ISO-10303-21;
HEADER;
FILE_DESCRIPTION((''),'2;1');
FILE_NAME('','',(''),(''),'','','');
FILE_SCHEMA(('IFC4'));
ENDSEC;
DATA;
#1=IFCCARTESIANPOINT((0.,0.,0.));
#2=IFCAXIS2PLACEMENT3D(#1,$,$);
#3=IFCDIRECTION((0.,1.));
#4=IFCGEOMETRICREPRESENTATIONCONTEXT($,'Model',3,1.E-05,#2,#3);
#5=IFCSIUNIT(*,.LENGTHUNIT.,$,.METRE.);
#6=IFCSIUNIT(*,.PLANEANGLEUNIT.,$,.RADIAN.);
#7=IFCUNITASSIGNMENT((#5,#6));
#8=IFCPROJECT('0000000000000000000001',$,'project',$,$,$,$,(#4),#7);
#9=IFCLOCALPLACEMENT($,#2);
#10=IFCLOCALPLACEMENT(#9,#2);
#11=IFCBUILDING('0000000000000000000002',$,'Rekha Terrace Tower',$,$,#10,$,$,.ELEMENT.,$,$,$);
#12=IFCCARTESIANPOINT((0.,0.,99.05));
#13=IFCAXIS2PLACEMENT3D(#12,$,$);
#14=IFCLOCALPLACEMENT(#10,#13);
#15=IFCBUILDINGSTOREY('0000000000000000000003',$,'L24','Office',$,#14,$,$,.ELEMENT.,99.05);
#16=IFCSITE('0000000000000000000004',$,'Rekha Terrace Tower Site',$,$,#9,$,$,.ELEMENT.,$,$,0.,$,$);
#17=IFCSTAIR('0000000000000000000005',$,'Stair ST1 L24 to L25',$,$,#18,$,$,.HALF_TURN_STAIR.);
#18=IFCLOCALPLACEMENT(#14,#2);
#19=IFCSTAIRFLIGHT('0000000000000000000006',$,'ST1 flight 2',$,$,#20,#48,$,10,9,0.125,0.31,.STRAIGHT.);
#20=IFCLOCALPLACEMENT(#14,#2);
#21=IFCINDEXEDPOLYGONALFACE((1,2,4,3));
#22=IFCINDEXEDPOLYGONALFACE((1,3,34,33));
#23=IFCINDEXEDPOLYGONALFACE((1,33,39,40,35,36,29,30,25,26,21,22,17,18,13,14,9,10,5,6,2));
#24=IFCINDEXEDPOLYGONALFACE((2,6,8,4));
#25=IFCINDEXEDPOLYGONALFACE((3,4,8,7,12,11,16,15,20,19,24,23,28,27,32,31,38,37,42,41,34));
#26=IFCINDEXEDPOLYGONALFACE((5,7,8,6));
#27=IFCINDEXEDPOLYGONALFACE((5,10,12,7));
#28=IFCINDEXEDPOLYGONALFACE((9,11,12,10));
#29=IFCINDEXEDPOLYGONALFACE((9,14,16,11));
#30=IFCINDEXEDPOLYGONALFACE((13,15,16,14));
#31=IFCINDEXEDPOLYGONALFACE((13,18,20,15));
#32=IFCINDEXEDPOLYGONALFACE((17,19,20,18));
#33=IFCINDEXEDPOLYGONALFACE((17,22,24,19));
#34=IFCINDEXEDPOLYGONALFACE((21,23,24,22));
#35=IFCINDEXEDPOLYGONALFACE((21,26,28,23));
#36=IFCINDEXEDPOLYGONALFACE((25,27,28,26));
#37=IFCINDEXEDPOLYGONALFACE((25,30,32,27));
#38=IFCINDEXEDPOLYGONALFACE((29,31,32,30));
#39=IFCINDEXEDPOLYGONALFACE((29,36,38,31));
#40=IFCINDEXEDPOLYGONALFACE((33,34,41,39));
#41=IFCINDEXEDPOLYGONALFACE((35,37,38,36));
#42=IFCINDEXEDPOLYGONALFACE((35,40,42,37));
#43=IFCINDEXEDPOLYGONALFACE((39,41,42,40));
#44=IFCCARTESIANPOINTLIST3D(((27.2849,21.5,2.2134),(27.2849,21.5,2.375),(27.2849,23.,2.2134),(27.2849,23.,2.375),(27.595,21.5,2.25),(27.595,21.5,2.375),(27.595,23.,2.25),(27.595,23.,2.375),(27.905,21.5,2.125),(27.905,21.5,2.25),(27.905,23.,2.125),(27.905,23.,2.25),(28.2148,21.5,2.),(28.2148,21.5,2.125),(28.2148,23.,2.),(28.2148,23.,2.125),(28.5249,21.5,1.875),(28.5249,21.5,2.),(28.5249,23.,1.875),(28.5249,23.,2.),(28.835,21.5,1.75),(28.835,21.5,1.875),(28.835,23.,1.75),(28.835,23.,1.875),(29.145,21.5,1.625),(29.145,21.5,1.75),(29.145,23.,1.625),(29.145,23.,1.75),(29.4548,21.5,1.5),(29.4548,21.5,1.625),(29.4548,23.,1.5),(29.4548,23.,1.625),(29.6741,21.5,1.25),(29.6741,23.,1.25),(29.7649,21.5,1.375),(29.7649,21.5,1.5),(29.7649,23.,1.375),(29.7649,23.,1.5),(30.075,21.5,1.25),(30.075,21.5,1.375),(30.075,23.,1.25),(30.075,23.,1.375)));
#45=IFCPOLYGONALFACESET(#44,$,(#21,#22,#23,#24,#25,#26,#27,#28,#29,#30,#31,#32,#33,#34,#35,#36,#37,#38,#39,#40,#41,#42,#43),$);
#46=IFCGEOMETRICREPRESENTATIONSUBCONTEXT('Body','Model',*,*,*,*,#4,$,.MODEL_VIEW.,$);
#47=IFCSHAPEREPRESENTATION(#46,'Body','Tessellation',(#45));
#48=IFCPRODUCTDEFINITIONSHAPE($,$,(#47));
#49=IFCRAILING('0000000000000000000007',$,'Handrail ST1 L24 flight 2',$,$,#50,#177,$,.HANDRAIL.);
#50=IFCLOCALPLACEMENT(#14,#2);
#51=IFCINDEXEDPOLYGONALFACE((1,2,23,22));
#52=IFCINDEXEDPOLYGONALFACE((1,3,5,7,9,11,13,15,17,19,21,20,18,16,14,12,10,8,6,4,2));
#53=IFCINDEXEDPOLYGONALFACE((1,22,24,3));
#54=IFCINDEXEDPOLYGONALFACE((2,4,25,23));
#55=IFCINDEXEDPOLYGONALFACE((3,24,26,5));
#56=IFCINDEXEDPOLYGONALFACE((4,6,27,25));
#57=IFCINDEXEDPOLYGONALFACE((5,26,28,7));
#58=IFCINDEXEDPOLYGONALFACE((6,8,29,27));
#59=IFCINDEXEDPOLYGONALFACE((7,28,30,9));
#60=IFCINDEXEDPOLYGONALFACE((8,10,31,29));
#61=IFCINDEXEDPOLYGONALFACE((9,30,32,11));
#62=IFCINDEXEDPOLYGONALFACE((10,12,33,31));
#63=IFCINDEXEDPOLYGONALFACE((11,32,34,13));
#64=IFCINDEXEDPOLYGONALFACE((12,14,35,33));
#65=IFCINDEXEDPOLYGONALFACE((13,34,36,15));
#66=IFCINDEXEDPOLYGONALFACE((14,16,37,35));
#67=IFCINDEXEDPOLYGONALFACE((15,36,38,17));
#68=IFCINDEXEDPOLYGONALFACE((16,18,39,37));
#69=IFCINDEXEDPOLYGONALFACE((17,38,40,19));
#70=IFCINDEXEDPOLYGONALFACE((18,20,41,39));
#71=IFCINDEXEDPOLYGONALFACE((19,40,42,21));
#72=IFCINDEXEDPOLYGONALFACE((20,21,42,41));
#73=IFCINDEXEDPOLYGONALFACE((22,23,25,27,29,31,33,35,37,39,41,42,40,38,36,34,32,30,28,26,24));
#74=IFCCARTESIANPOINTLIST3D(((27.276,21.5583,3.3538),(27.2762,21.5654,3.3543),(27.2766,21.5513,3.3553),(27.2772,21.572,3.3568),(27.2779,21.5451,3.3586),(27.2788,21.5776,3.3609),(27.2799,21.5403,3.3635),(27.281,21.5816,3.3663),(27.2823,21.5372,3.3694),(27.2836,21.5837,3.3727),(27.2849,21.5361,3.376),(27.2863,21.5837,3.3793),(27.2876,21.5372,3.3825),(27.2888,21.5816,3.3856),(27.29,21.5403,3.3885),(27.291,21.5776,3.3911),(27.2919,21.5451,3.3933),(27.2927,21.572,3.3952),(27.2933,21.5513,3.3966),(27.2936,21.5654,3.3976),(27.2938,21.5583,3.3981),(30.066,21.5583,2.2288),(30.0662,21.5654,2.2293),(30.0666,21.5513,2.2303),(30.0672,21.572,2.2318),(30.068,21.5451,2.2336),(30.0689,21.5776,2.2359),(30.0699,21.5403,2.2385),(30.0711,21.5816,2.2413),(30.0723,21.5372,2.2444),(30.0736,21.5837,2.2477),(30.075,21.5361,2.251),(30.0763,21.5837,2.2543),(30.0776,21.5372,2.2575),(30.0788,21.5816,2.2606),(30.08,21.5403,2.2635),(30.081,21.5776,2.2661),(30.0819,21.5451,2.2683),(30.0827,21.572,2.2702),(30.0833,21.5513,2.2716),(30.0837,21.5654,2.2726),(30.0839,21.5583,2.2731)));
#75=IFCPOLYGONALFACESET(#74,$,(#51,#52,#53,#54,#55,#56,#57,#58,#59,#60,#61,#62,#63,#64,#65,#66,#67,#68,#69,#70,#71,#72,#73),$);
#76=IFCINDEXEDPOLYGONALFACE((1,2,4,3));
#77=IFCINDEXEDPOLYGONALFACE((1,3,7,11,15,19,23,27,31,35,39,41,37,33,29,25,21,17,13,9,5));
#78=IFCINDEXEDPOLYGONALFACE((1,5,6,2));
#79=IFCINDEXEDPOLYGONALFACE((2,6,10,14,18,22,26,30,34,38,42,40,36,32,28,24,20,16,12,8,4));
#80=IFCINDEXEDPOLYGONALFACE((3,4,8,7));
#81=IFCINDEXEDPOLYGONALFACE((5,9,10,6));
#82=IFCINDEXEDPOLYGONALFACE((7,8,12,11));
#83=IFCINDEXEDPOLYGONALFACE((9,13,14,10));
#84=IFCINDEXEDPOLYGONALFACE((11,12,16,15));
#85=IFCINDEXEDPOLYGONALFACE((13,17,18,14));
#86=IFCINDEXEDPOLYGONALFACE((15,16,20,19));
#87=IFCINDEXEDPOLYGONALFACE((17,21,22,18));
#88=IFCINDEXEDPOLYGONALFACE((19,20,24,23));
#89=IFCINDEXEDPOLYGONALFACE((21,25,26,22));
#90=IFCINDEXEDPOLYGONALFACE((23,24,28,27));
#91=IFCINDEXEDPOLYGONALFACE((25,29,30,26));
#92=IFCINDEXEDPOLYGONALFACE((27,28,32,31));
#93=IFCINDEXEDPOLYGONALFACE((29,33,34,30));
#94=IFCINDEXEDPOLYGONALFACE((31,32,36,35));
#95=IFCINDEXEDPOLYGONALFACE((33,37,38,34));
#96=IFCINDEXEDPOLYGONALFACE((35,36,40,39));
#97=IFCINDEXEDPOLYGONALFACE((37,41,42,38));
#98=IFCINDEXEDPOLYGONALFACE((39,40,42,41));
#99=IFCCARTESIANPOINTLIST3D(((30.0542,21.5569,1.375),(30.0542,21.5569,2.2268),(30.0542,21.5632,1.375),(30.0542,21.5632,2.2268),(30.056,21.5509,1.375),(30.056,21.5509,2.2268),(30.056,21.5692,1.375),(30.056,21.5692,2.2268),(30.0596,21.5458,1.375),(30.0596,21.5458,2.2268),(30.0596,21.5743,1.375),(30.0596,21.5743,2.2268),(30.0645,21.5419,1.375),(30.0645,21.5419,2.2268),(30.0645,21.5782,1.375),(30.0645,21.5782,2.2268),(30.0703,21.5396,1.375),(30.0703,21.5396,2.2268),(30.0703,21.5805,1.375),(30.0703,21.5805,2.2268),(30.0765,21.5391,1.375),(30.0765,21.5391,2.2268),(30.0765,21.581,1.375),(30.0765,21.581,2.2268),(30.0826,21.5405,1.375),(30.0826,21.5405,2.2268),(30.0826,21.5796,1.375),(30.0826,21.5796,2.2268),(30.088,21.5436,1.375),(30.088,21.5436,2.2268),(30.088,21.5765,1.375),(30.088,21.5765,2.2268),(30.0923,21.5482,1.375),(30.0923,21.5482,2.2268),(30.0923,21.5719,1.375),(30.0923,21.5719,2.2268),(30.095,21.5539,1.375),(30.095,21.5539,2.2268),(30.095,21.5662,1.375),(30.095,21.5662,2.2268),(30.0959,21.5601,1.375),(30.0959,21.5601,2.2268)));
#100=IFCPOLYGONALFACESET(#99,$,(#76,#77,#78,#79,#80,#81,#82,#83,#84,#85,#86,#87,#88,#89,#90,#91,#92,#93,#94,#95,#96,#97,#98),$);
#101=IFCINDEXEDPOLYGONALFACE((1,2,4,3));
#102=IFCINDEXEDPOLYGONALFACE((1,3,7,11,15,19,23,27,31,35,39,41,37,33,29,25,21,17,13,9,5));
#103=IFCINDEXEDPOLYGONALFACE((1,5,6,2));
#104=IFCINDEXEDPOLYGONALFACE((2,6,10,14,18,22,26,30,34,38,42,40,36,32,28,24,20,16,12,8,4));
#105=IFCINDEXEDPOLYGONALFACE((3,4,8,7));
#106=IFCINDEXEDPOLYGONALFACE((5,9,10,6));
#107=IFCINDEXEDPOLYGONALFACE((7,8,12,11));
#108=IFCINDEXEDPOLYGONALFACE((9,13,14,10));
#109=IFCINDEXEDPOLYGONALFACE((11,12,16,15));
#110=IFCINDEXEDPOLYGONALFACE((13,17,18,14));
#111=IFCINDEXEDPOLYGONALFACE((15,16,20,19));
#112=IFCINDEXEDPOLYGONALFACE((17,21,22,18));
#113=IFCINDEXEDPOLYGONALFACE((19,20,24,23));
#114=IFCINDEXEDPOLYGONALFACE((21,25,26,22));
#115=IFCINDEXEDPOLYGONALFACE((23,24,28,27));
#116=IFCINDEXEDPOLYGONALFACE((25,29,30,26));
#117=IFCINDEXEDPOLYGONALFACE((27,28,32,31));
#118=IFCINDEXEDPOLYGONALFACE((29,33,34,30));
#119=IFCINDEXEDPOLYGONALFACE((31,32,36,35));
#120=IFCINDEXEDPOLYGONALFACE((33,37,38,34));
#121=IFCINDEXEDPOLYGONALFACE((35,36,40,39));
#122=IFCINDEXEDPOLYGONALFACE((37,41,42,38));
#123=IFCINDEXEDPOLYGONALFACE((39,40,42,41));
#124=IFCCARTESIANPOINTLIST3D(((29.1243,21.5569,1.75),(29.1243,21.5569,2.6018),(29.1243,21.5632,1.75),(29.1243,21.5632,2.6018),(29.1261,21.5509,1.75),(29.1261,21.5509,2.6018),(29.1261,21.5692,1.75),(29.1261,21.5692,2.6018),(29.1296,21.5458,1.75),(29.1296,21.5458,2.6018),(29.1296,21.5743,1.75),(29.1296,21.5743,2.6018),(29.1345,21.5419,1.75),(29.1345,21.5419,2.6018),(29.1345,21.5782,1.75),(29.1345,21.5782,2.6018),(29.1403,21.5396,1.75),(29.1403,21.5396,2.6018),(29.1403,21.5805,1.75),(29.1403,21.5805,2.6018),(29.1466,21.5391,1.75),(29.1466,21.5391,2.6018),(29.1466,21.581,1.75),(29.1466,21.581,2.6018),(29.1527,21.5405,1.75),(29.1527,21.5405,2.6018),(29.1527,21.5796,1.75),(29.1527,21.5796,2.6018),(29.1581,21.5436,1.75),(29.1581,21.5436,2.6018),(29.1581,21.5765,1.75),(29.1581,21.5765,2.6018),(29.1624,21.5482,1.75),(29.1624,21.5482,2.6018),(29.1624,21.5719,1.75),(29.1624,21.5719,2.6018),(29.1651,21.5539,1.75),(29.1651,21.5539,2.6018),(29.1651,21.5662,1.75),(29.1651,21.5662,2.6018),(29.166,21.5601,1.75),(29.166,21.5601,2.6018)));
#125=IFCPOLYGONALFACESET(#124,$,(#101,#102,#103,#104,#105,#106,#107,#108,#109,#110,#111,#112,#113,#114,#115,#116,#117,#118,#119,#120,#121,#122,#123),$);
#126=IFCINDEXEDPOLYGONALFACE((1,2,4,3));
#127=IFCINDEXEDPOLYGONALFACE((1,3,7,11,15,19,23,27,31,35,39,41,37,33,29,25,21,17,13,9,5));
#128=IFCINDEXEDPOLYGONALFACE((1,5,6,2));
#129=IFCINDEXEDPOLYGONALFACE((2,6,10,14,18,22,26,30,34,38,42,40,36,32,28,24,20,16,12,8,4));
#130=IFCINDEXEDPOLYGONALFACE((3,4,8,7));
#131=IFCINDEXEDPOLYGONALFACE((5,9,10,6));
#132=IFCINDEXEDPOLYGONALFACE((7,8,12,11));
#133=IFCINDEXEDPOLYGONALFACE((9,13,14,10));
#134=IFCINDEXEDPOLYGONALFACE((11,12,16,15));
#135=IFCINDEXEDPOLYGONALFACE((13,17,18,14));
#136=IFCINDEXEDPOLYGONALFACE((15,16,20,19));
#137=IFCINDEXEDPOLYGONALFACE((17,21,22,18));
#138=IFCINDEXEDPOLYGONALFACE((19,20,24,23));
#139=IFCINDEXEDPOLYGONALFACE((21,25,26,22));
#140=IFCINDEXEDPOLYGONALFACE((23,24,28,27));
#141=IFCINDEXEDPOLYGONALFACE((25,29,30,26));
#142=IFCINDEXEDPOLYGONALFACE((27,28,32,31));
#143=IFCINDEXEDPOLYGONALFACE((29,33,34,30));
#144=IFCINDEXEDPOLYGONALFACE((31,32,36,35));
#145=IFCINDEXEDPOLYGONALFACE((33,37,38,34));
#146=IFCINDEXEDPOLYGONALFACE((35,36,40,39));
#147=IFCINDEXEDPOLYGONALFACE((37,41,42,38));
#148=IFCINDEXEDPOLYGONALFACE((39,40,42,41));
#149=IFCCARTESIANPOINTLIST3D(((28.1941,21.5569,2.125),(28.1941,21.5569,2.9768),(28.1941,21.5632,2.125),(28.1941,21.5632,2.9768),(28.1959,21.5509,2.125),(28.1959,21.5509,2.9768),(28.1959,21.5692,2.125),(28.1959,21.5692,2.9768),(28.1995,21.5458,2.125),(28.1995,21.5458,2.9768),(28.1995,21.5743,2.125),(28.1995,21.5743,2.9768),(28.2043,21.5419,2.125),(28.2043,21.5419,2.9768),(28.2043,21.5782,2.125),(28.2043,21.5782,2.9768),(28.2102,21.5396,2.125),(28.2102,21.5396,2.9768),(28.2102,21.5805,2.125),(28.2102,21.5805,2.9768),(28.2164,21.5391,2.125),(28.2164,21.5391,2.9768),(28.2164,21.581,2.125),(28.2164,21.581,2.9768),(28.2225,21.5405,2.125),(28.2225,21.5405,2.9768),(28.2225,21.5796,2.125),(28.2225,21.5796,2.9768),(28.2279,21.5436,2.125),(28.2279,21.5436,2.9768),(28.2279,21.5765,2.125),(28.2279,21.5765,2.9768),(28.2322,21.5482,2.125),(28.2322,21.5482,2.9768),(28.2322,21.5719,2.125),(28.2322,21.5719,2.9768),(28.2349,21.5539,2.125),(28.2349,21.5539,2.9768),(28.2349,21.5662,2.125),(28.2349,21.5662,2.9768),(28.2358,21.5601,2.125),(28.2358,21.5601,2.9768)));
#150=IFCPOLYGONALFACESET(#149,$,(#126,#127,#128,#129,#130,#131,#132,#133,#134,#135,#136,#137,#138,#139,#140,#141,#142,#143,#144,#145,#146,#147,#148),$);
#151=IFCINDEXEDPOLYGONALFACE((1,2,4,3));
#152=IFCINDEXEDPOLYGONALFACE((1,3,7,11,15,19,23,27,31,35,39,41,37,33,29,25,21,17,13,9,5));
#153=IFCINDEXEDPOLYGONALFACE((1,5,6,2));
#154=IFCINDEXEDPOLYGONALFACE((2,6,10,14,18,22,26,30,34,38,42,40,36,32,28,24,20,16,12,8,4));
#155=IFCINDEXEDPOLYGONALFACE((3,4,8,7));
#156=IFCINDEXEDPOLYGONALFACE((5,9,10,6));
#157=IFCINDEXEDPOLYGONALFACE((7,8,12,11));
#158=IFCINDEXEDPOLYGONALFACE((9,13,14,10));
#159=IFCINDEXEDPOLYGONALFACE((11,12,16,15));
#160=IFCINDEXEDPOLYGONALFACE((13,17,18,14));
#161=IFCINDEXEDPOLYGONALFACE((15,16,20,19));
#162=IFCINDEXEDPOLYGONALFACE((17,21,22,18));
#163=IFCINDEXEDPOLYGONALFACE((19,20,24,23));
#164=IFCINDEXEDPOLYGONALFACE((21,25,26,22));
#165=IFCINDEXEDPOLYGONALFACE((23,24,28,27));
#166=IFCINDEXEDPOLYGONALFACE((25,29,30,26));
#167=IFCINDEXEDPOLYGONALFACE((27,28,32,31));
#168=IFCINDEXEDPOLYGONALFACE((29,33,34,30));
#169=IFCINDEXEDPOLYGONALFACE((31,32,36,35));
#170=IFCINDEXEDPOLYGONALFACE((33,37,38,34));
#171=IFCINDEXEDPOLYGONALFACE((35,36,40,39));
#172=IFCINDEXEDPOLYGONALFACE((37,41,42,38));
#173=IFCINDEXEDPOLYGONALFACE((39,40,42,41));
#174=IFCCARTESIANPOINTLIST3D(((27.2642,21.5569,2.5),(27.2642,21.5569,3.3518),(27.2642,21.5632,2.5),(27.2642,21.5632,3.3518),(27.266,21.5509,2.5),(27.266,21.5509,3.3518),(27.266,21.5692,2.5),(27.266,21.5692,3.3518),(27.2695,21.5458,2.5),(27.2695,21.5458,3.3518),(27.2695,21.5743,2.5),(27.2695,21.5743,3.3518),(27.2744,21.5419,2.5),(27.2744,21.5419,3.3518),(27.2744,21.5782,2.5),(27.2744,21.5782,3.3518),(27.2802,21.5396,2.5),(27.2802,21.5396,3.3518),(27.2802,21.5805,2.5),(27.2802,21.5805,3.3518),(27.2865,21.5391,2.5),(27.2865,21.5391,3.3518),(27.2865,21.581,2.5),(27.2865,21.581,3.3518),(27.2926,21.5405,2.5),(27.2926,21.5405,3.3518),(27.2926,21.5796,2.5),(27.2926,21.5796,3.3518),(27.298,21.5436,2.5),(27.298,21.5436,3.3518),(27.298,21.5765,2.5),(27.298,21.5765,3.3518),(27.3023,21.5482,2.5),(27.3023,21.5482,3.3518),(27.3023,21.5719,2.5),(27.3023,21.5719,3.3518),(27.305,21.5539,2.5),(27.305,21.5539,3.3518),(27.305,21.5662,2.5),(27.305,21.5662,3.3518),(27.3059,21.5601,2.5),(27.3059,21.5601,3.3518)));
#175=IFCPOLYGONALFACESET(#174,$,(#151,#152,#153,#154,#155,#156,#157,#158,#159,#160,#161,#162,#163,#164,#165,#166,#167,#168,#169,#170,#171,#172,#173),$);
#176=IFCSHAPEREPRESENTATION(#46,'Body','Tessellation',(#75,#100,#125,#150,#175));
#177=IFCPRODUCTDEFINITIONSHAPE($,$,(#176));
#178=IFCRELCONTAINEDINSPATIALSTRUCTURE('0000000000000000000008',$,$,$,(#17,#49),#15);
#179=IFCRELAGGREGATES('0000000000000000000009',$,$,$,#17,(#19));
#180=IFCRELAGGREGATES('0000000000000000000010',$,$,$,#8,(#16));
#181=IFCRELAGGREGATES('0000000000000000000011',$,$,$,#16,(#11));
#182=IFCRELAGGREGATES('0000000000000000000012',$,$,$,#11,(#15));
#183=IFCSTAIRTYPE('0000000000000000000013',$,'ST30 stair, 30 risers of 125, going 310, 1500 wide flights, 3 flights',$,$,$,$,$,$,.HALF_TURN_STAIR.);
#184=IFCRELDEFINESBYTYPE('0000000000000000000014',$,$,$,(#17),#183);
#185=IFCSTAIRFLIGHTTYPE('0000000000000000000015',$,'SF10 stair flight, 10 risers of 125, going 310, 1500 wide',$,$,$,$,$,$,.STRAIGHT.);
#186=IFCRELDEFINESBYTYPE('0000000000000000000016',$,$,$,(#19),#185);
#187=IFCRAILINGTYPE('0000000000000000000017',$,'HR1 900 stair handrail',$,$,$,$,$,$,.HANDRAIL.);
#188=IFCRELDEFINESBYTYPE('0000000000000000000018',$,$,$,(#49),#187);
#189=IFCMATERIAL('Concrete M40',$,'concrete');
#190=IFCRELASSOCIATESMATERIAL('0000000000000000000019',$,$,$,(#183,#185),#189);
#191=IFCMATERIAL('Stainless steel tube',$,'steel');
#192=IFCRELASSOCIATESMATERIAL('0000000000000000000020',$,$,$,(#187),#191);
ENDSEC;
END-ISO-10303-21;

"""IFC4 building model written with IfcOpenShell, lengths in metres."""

from ifc_helpers import new_model, si_unit, direction, frame, origin, origin_2d, place, context, subcontext, project, spatial, polyline, circle, outline, extrude, material, type_object, element, aggregate, save


model = new_model("IFC4")

# Units and contexts
model_context = context("Model", 3, precision=1e-05, world=origin(), true_north=direction((0.0, 1.0)))
body_context = subcontext(model_context, "Body", "Model", "MODEL_VIEW")
ifc_project = project(units=[si_unit("LENGTHUNIT", "METRE"), si_unit("PLANEANGLEUNIT", "RADIAN")], contexts=[model_context])

# Site, building, storey
site_placement = place(None, origin())
site = spatial("IfcSite", under=ifc_project, at=site_placement, Name="Rekha Terrace Tower Site", CompositionType="ELEMENT", RefElevation=0.0)
building_placement = place(site_placement, origin())
building = spatial("IfcBuilding", under=site, at=building_placement, Name="Rekha Terrace Tower", CompositionType="ELEMENT")
storey_placement = place(building_placement, frame((0.0, 0.0, 99.05)))
storey = spatial("IfcBuildingStorey", under=building, at=storey_placement, Name="L24", Description="Office", CompositionType="ELEMENT", Elevation=99.05)

# Stair, stair flight
ifc_material_1 = material(Name="Concrete M40", Category="concrete")
stair_type = type_object("IfcStairType", Name="ST30 stair, 30 risers of 125, going 310, 1500 wide flights, 3 flights", PredefinedType="HALF_TURN_STAIR", material=ifc_material_1)
stair_placement = place(storey_placement, origin())
stair = element("IfcStair", 1, at=stair_placement, inside=storey, type_object=stair_type, Name="Stair ST1 L24 to L25", PredefinedType="HALF_TURN_STAIR")
stair_flight_type = type_object("IfcStairFlightType", Name="SF10 stair flight, 10 risers of 125, going 310, 1500 wide", PredefinedType="STRAIGHT", material=ifc_material_1)
stair_flight_placement = place(storey_placement, frame((30.075, 22.25, 1.25), z_axis=(0.0, 0.0, 1.0), x_axis=(-1.0, 0.0, 0.0)))
stair_flight = element("IfcStairFlight", 2, at=stair_flight_placement, type_object=stair_flight_type, Name="ST1 flight 2", NumberOfRisers=10, NumberOfTreads=9, PredefinedType="STRAIGHT", RiserHeight=0.125, TreadLength=0.31, context=body_context, shape_type="SweptSolid", body=[
    extrude(outline(polyline([(0.0, 0.0), (0.0, 0.125), (0.3101, 0.125), (0.3101, 0.25), (0.6201, 0.25), (0.6201, 0.375), (0.9299, 0.375), (0.9299, 0.5), (1.24, 0.5), (1.24, 0.625), (1.55, 0.625), (1.55, 0.75), (1.8601, 0.75), (1.8601, 0.875), (2.1699, 0.875), (2.1699, 1.0), (2.48, 1.0), (2.48, 1.125), (2.79, 1.125), (2.79, 1.25), (2.79, 0.9634), (0.4009, 0.0), (0.0, 0.0)])), frame((0.0, 0.75, 0.0), z_axis=(0.0, -1.0, 0.0), x_axis=(1.0, 0.0, 0.0)), (0.0, 0.0, 1.0), 1.5),
])
aggregate(stair, [stair_flight])

# Railing
ifc_material_2 = material(Name="Stainless steel tube", Category="steel")
railing_type = type_object("IfcRailingType", Name="HR1 900 stair handrail", PredefinedType="HANDRAIL", material=ifc_material_2)
railing_placement = place(storey_placement, frame((30.075, 21.5601, 1.375)))
element("IfcRailing", 3, at=railing_placement, inside=storey, type_object=railing_type, Name="Handrail ST1 L24 flight 2", PredefinedType="HANDRAIL", context=body_context, shape_type="SweptSolid", body=[
    extrude(circle(Radius=0.0239, at=origin_2d()), frame((0.0, 0.0, 0.876), z_axis=(-0.927443, 0.0, 0.373964), x_axis=(0.0, -1.0, 0.0)), (0.0, 0.0, 1.0), 3.0083),
    extrude(circle(Radius=0.021, at=origin_2d()), origin(), (0.0, 0.0, 1.0), 0.8518),
    extrude(circle(Radius=0.021, at=origin_2d()), frame((-0.9299, 0.0, 0.375)), (0.0, 0.0, 1.0), 0.8518),
    extrude(circle(Radius=0.021, at=origin_2d()), frame((-1.8601, 0.0, 0.75)), (0.0, 0.0, 1.0), 0.8518),
    extrude(circle(Radius=0.021, at=origin_2d()), frame((-2.79, 0.0, 1.125)), (0.0, 0.0, 1.0), 0.8518),
])

save(model, "model.ifc")
